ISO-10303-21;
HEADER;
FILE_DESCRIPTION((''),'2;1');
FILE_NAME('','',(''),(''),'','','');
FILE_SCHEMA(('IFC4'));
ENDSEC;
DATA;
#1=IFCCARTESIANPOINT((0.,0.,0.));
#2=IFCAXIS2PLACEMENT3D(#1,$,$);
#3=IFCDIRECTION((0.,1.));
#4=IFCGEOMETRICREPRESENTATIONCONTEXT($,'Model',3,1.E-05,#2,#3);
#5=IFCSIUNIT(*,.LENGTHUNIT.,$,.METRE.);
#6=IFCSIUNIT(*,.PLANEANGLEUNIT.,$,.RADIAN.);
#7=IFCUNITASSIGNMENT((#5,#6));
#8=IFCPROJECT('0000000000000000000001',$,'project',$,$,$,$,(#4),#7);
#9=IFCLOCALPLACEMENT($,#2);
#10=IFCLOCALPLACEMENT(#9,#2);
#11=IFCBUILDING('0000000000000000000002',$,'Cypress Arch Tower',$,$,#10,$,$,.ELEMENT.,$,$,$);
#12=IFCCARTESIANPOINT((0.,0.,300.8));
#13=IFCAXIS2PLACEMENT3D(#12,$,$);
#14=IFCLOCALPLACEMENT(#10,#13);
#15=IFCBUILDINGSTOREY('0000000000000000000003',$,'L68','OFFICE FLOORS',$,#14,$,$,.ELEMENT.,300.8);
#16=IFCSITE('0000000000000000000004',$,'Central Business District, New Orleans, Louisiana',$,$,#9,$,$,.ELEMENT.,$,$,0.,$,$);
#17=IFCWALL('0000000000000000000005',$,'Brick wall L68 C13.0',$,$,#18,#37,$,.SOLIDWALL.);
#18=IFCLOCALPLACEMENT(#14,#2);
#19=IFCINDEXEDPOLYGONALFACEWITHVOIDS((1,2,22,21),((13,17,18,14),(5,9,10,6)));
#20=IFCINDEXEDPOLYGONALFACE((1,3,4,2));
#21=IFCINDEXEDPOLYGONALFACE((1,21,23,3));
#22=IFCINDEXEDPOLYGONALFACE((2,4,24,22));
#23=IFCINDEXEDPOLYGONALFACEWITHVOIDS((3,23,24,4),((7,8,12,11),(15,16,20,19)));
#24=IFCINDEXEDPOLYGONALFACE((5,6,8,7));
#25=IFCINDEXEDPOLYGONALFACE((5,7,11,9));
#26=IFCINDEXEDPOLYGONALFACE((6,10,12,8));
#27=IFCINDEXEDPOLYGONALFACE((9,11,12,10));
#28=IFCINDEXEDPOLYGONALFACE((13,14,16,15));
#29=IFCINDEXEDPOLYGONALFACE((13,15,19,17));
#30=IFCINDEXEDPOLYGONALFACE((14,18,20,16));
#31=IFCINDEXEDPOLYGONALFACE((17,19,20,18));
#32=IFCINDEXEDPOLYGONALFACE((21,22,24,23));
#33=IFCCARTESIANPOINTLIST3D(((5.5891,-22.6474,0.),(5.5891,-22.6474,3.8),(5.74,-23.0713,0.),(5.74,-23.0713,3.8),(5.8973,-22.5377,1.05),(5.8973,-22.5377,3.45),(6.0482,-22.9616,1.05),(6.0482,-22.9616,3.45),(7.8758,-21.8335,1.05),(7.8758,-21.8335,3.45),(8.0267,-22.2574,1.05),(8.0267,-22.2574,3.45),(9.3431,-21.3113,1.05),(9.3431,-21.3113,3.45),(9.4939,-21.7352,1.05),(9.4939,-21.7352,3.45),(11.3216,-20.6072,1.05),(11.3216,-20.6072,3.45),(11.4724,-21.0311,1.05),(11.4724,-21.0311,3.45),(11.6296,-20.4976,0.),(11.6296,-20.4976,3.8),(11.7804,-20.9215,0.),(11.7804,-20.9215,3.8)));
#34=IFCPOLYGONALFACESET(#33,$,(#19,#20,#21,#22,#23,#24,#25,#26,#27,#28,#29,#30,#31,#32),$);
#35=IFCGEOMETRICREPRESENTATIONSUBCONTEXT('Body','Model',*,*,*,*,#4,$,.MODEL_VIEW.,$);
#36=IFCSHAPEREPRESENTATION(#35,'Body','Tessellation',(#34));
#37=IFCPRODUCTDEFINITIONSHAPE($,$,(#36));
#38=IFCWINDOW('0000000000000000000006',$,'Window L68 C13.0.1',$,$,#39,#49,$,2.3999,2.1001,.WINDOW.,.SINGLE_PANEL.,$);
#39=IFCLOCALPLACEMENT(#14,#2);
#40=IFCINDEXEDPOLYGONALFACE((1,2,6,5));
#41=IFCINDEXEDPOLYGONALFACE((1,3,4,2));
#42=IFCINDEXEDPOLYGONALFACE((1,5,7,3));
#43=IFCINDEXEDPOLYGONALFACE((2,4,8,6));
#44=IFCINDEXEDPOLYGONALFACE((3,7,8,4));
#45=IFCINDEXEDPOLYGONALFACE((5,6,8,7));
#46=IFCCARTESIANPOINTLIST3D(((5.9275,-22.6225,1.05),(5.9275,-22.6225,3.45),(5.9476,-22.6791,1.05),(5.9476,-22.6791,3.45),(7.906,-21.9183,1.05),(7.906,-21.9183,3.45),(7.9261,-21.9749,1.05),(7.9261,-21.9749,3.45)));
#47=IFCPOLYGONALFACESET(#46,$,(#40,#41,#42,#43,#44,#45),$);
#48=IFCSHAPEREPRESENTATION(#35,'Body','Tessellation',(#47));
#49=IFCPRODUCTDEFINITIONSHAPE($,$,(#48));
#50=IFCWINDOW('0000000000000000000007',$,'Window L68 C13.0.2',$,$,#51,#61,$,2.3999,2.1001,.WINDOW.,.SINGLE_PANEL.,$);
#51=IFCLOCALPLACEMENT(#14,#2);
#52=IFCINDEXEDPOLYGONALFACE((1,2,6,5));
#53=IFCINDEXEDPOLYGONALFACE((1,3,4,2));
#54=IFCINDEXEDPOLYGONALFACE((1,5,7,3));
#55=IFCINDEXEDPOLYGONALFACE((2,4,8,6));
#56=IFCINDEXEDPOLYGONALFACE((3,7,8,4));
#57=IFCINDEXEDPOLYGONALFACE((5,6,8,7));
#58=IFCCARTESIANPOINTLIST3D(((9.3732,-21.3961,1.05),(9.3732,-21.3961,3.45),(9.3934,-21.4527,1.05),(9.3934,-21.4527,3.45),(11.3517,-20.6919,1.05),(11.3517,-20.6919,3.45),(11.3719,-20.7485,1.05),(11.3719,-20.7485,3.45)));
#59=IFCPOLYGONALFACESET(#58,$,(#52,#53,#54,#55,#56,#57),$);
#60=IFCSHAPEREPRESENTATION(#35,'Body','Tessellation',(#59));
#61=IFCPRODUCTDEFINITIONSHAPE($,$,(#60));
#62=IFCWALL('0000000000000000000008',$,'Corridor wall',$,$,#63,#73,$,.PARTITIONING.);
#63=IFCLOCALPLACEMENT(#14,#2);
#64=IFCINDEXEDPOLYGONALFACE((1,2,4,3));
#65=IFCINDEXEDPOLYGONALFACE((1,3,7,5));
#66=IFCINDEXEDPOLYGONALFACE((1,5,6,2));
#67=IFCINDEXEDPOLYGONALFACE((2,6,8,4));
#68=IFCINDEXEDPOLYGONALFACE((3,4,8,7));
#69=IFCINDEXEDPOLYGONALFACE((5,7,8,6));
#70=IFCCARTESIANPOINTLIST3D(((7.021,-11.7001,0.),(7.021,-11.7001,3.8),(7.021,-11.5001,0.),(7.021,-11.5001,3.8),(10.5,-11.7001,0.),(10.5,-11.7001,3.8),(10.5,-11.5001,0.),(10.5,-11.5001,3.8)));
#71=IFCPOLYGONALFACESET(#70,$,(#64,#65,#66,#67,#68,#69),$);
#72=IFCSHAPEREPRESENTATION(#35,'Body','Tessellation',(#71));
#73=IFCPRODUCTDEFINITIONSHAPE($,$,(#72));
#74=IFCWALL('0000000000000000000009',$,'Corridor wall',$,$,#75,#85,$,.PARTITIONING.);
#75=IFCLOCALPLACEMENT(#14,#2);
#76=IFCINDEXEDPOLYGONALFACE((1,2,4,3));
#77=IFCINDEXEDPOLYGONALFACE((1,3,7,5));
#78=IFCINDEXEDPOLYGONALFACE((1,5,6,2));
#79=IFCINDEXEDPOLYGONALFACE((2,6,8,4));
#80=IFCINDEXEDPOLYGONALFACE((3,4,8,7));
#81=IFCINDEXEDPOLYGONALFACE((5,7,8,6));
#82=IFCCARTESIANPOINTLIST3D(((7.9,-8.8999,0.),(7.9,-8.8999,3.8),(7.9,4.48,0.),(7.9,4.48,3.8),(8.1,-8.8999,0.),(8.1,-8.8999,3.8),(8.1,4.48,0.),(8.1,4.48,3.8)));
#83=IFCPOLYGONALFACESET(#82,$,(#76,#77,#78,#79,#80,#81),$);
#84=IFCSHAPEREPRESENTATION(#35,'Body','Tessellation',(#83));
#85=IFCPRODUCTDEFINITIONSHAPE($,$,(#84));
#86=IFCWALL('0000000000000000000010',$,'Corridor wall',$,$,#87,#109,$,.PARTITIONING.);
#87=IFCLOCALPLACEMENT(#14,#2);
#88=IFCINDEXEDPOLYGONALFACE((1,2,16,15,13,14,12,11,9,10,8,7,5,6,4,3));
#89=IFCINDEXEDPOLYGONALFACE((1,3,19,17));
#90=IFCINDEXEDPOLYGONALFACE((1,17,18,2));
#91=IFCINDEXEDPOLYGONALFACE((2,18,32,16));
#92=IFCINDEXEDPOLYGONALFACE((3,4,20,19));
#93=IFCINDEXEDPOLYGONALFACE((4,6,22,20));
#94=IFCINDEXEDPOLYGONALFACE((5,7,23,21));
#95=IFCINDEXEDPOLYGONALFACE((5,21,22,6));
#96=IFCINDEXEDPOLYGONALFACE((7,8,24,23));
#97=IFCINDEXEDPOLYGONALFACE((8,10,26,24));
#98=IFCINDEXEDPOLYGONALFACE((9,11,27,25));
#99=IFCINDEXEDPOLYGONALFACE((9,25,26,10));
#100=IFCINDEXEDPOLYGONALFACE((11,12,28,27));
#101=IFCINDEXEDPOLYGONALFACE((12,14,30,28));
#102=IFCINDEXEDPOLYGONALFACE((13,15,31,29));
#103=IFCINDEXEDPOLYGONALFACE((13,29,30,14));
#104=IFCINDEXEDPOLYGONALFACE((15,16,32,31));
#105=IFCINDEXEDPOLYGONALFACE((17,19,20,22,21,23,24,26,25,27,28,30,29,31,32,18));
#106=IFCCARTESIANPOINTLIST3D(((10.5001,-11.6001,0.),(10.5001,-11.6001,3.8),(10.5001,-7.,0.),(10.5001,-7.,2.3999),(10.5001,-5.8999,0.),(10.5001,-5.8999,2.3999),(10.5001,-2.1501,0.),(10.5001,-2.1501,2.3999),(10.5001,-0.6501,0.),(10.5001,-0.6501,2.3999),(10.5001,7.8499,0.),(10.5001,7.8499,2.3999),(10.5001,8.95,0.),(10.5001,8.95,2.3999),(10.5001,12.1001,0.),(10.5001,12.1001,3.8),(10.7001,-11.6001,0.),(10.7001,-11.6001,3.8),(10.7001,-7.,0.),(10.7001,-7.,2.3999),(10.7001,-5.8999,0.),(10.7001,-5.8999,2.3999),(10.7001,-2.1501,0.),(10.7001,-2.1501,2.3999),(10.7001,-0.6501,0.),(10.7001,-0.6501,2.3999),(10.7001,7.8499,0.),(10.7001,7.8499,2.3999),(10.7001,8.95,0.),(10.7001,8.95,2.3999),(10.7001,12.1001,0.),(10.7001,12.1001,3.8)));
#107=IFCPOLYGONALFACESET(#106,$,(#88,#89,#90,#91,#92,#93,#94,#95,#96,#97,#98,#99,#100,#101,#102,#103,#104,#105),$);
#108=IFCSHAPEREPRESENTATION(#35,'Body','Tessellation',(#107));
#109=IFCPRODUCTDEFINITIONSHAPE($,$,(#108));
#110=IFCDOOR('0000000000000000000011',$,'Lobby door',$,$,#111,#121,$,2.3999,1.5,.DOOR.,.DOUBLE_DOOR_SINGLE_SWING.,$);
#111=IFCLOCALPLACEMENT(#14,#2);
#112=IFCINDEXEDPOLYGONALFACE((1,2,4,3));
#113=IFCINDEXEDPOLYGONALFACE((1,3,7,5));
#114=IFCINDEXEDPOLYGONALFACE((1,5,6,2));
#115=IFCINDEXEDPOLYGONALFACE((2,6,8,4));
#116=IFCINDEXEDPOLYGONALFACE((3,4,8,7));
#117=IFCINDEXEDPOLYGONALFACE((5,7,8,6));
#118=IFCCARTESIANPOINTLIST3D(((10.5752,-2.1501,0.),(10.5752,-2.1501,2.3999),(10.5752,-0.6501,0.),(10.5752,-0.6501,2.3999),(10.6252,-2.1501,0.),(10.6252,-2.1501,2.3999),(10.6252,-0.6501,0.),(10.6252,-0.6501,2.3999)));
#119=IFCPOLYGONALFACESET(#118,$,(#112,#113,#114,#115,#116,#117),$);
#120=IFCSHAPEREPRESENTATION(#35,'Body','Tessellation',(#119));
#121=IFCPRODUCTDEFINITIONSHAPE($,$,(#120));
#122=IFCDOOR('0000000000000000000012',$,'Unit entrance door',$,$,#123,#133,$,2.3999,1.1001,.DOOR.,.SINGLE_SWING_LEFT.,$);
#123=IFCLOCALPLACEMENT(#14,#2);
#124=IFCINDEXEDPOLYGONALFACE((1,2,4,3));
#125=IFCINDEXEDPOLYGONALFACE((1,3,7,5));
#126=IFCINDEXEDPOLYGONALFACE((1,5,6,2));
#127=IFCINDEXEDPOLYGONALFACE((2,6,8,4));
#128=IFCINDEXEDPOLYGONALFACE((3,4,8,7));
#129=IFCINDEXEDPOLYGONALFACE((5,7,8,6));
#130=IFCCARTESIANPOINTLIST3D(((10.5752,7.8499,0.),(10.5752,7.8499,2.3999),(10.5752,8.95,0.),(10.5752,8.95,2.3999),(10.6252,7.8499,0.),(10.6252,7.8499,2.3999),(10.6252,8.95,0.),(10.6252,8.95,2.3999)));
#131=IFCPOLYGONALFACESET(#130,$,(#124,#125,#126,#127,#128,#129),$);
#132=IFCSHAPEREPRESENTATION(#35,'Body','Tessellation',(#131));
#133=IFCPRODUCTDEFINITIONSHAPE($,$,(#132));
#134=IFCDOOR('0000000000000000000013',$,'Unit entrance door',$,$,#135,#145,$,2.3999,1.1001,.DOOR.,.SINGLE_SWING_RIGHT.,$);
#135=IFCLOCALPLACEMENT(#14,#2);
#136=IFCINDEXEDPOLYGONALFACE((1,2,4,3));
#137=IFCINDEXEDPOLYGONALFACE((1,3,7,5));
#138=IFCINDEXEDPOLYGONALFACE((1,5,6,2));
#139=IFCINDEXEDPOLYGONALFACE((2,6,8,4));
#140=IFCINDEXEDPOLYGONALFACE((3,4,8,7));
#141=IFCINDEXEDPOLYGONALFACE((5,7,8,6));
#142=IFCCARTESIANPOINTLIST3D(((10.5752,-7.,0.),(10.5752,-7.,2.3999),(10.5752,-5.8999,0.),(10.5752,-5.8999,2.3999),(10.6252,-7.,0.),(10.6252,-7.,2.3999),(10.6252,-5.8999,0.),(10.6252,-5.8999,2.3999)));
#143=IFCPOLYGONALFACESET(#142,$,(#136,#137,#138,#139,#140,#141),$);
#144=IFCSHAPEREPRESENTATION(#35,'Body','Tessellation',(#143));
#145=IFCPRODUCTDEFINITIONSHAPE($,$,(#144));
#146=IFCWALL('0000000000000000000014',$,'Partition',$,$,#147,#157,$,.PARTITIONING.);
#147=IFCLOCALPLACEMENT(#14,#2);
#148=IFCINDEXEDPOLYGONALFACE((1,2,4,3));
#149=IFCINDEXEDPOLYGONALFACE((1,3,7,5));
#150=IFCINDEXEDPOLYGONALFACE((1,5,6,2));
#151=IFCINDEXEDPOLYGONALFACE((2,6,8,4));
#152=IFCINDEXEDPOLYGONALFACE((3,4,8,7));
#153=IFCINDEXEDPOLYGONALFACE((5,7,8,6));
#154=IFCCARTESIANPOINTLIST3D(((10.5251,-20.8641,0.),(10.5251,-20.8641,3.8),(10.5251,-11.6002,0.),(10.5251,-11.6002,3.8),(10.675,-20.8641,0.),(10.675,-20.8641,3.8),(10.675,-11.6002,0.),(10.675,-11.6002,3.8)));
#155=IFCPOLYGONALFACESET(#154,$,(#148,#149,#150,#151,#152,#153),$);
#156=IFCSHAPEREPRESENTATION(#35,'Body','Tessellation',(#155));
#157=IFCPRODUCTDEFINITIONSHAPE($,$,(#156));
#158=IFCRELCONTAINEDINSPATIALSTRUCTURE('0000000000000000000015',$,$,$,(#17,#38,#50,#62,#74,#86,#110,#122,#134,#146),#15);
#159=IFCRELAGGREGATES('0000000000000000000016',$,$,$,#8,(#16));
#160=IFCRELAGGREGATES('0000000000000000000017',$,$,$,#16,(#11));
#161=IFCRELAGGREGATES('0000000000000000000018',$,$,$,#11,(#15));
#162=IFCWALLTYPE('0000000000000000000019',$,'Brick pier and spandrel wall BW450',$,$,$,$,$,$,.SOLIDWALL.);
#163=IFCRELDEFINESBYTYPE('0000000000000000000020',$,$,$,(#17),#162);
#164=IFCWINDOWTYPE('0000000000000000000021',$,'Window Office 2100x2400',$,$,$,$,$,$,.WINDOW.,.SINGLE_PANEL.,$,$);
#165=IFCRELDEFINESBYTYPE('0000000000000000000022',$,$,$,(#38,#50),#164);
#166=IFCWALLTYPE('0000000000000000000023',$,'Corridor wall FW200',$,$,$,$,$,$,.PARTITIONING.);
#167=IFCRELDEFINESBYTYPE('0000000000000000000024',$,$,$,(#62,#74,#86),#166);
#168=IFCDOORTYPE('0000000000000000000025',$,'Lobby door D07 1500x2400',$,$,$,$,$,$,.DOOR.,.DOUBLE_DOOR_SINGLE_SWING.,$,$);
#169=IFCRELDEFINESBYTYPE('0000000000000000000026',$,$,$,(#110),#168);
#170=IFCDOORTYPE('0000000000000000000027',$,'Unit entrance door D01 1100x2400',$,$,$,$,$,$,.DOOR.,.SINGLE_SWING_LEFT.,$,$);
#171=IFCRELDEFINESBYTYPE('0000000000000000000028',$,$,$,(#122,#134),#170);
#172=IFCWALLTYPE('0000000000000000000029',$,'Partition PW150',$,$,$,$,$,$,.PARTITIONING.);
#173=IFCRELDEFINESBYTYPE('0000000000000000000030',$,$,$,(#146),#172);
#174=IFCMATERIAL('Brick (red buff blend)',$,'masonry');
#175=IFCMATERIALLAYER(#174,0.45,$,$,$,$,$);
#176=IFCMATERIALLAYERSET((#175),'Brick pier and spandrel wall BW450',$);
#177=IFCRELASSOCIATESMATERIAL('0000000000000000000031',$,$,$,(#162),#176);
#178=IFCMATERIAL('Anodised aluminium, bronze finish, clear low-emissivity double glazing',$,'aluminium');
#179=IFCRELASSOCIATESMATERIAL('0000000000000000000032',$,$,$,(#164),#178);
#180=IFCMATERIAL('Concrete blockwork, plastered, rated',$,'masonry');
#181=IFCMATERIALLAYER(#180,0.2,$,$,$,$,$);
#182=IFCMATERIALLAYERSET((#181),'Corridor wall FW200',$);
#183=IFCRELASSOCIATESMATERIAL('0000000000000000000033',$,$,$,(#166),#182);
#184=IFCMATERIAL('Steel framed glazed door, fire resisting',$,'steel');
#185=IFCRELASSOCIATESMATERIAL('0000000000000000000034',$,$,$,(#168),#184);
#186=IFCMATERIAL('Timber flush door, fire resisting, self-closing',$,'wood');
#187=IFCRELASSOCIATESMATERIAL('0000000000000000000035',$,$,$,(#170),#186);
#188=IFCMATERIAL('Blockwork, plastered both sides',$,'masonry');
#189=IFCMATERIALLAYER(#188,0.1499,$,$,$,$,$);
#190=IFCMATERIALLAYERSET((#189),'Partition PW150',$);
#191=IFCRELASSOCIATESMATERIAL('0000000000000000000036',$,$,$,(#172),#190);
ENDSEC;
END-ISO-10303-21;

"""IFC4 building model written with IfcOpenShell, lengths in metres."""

from ifc_helpers import new_model, si_unit, direction, frame, frame_2d, origin, place, context, subcontext, project, spatial, rectangle, extrude, material, layer, layer_set, type_object, element, fill, save


model = new_model("IFC4")

# Units and contexts
model_context = context("Model", 3, precision=1e-05, world=origin(), true_north=direction((0.0, 1.0)))
body_context = subcontext(model_context, "Body", "Model", "MODEL_VIEW")
ifc_project = project(units=[si_unit("LENGTHUNIT", "METRE"), si_unit("PLANEANGLEUNIT", "RADIAN")], contexts=[model_context])

# Site, building, storey
site_placement = place(None, origin())
site = spatial("IfcSite", under=ifc_project, at=site_placement, Name="Central Business District, New Orleans, Louisiana", CompositionType="ELEMENT", RefElevation=0.0)
building_placement = place(site_placement, origin())
building = spatial("IfcBuilding", under=site, at=building_placement, Name="Cypress Arch Tower", CompositionType="ELEMENT")
storey_placement = place(building_placement, frame((0.0, 0.0, 300.8)))
storey = spatial("IfcBuildingStorey", under=building, at=storey_placement, Name="L68", Description="OFFICE FLOORS", CompositionType="ELEMENT", Elevation=300.8)

# Wall, openings, windows
ifc_material_1 = material(Name="Brick (red buff blend)", Category="masonry")
ifc_layer_1 = layer(ifc_material_1, 0.45)
ifc_layer_set_1 = layer_set([ifc_layer_1], Name="Brick pier and spandrel wall BW450")
wall_type_1 = type_object("IfcWallType", Name="Brick pier and spandrel wall BW450", PredefinedType="SOLIDWALL", material=ifc_layer_set_1)
wall_1_placement = place(storey_placement, frame((5.6646, -22.8594, 0.0), z_axis=(0.0, 0.0, 1.0), x_axis=(0.942108, 0.335309, 0.0)))
wall_1 = element("IfcWall", 1, at=wall_1_placement, inside=storey, type_object=wall_type_1, Name="Brick wall L68 C13.0", PredefinedType="SOLIDWALL", context=body_context, shape_type="SweptSolid", body=[
    extrude(rectangle(XDim=6.4116, YDim=0.45, at=frame_2d((3.2058, 0.0))), origin(), (0.0, 0.0, 1.0), 3.8),
])
opening_1_placement = place(wall_1_placement, frame((0.3271, 0.0, 1.05)))
opening_1 = element("IfcOpeningElement", 2, at=opening_1_placement, cuts=wall_1, PredefinedType="OPENING", context=body_context, shape_type="SweptSolid", body=[
    extrude(rectangle(XDim=2.1001, YDim=2.3999, at=frame_2d((1.05, 1.2))), frame((0.0, 0.2349, 0.0), z_axis=(0.0, -1.0, 0.0), x_axis=(1.0, 0.0, 0.0)), (0.0, 0.0, 1.0), 0.47),
])
opening_2_placement = place(wall_1_placement, frame((3.9846, 0.0, 1.05)))
opening_2 = element("IfcOpeningElement", 3, at=opening_2_placement, cuts=wall_1, PredefinedType="OPENING", context=body_context, shape_type="SweptSolid", body=[
    extrude(rectangle(XDim=2.1001, YDim=2.3999, at=frame_2d((1.05, 1.2))), frame((0.0, 0.2349, 0.0), z_axis=(0.0, -1.0, 0.0), x_axis=(1.0, 0.0, 0.0)), (0.0, 0.0, 1.0), 0.47),
])
ifc_material_2 = material(Name="Anodised aluminium, bronze finish, clear low-emissivity double glazing", Category="aluminium")
window_type = type_object("IfcWindowType", Name="Window Office 2100x2400", PartitioningType="SINGLE_PANEL", PredefinedType="WINDOW", material=ifc_material_2)
window_1_placement = place(opening_1_placement, origin())
window_1 = element("IfcWindow", 4, at=window_1_placement, inside=storey, type_object=window_type, Name="Window L68 C13.0.1", OverallHeight=2.3999, OverallWidth=2.1001, PartitioningType="SINGLE_PANEL", PredefinedType="WINDOW", context=body_context, shape_type="SweptSolid", body=[
    extrude(rectangle(XDim=2.1001, YDim=2.3999, at=frame_2d((1.05, 1.2))), frame((0.0, 0.135, 0.0), z_axis=(0.0, -1.0, 0.0), x_axis=(1.0, 0.0, 0.0)), (0.0, 0.0, 1.0), 0.0601),
])
fill(opening_1, window_1)
window_2_placement = place(opening_2_placement, origin())
window_2 = element("IfcWindow", 5, at=window_2_placement, inside=storey, type_object=window_type, Name="Window L68 C13.0.2", OverallHeight=2.3999, OverallWidth=2.1001, PartitioningType="SINGLE_PANEL", PredefinedType="WINDOW", context=body_context, shape_type="SweptSolid", body=[
    extrude(rectangle(XDim=2.1001, YDim=2.3999, at=frame_2d((1.05, 1.2))), frame((0.0, 0.135, 0.0), z_axis=(0.0, -1.0, 0.0), x_axis=(1.0, 0.0, 0.0)), (0.0, 0.0, 1.0), 0.0601),
])
fill(opening_2, window_2)

# Walls
ifc_material_3 = material(Name="Concrete blockwork, plastered, rated", Category="masonry")
ifc_layer_2 = layer(ifc_material_3, 0.2)
ifc_layer_set_2 = layer_set([ifc_layer_2], Name="Corridor wall FW200")
wall_type_2 = type_object("IfcWallType", Name="Corridor wall FW200", PredefinedType="PARTITIONING", material=ifc_layer_set_2)
wall_2_placement = place(storey_placement, frame((7.021, -11.6001, 0.0), z_axis=(0.0, 0.0, 1.0), x_axis=(1.0, 0.0, 0.0)))
element("IfcWall", 6, at=wall_2_placement, inside=storey, type_object=wall_type_2, Name="Corridor wall", PredefinedType="PARTITIONING", context=body_context, shape_type="SweptSolid", body=[
    extrude(rectangle(XDim=3.479, YDim=0.2, at=frame_2d((1.7395, 0.0))), origin(), (0.0, 0.0, 1.0), 3.8),
])
wall_3_placement = place(storey_placement, frame((8.0, -8.8999, 0.0), z_axis=(0.0, 0.0, 1.0), x_axis=(0.0, 1.0, 0.0)))
element("IfcWall", 7, at=wall_3_placement, inside=storey, type_object=wall_type_2, Name="Corridor wall", PredefinedType="PARTITIONING", context=body_context, shape_type="SweptSolid", body=[
    extrude(rectangle(XDim=13.3799, YDim=0.2, at=frame_2d((6.6899, 0.0))), origin(), (0.0, 0.0, 1.0), 3.8),
])

# Wall, openings, doors
wall_4_placement = place(storey_placement, frame((10.6001, -11.6001, 0.0), z_axis=(0.0, 0.0, 1.0), x_axis=(0.0, 1.0, 0.0)))
wall_4 = element("IfcWall", 8, at=wall_4_placement, inside=storey, type_object=wall_type_2, Name="Corridor wall", PredefinedType="PARTITIONING", context=body_context, shape_type="SweptSolid", body=[
    extrude(rectangle(XDim=23.7002, YDim=0.2, at=frame_2d((11.8501, 0.0))), origin(), (0.0, 0.0, 1.0), 3.8),
])
opening_3_placement = place(wall_4_placement, frame((9.45, 0.0, 0.0)))
opening_3 = element("IfcOpeningElement", 9, at=opening_3_placement, cuts=wall_4, PredefinedType="OPENING", context=body_context, shape_type="SweptSolid", body=[
    extrude(rectangle(XDim=1.5, YDim=2.3999, at=frame_2d((0.75, 1.2))), frame((0.0, 0.1099, 0.0), z_axis=(0.0, -1.0, 0.0), x_axis=(1.0, 0.0, 0.0)), (0.0, 0.0, 1.0), 0.22),
])
opening_4_placement = place(wall_4_placement, frame((19.45, 0.0, 0.0)))
opening_4 = element("IfcOpeningElement", 10, at=opening_4_placement, cuts=wall_4, PredefinedType="OPENING", context=body_context, shape_type="SweptSolid", body=[
    extrude(rectangle(XDim=1.1001, YDim=2.3999, at=frame_2d((0.55, 1.2))), frame((0.0, 0.1099, 0.0), z_axis=(0.0, -1.0, 0.0), x_axis=(1.0, 0.0, 0.0)), (0.0, 0.0, 1.0), 0.22),
])
opening_5_placement = place(wall_4_placement, frame((4.6001, 0.0, 0.0)))
opening_5 = element("IfcOpeningElement", 11, at=opening_5_placement, cuts=wall_4, PredefinedType="OPENING", context=body_context, shape_type="SweptSolid", body=[
    extrude(rectangle(XDim=1.1001, YDim=2.3999, at=frame_2d((0.55, 1.2))), frame((0.0, 0.1099, 0.0), z_axis=(0.0, -1.0, 0.0), x_axis=(1.0, 0.0, 0.0)), (0.0, 0.0, 1.0), 0.22),
])
ifc_material_4 = material(Name="Steel framed glazed door, fire resisting", Category="steel")
door_type_1 = type_object("IfcDoorType", Name="Lobby door D07 1500x2400", OperationType="DOUBLE_DOOR_SINGLE_SWING", PredefinedType="DOOR", material=ifc_material_4)
door_1_placement = place(opening_3_placement, origin())
door_1 = element("IfcDoor", 12, at=door_1_placement, inside=storey, type_object=door_type_1, Name="Lobby door", OperationType="DOUBLE_DOOR_SINGLE_SWING", OverallHeight=2.3999, OverallWidth=1.5, PredefinedType="DOOR", context=body_context, shape_type="SweptSolid", body=[
    extrude(rectangle(XDim=1.5, YDim=2.3999, at=frame_2d((0.75, 1.2))), frame((0.0, 0.0249, 0.0), z_axis=(0.0, -1.0, 0.0), x_axis=(1.0, 0.0, 0.0)), (0.0, 0.0, 1.0), 0.05),
])
fill(opening_3, door_1)
ifc_material_5 = material(Name="Timber flush door, fire resisting, self-closing", Category="wood")
door_type_2 = type_object("IfcDoorType", Name="Unit entrance door D01 1100x2400", OperationType="SINGLE_SWING_LEFT", PredefinedType="DOOR", material=ifc_material_5)
door_2_placement = place(opening_4_placement, origin())
door_2 = element("IfcDoor", 13, at=door_2_placement, inside=storey, type_object=door_type_2, Name="Unit entrance door", OperationType="SINGLE_SWING_LEFT", OverallHeight=2.3999, OverallWidth=1.1001, PredefinedType="DOOR", context=body_context, shape_type="SweptSolid", body=[
    extrude(rectangle(XDim=1.1001, YDim=2.3999, at=frame_2d((0.55, 1.2))), frame((0.0, 0.0249, 0.0), z_axis=(0.0, -1.0, 0.0), x_axis=(1.0, 0.0, 0.0)), (0.0, 0.0, 1.0), 0.05),
])
fill(opening_4, door_2)
door_3_placement = place(opening_5_placement, origin())
door_3 = element("IfcDoor", 14, at=door_3_placement, inside=storey, type_object=door_type_2, Name="Unit entrance door", OperationType="SINGLE_SWING_RIGHT", OverallHeight=2.3999, OverallWidth=1.1001, PredefinedType="DOOR", context=body_context, shape_type="SweptSolid", body=[
    extrude(rectangle(XDim=1.1001, YDim=2.3999, at=frame_2d((0.55, 1.2))), frame((0.0, 0.0249, 0.0), z_axis=(0.0, -1.0, 0.0), x_axis=(1.0, 0.0, 0.0)), (0.0, 0.0, 1.0), 0.05),
])
fill(opening_5, door_3)

# Wall
ifc_material_6 = material(Name="Blockwork, plastered both sides", Category="masonry")
ifc_layer_3 = layer(ifc_material_6, 0.1499)
ifc_layer_set_3 = layer_set([ifc_layer_3], Name="Partition PW150")
wall_type_3 = type_object("IfcWallType", Name="Partition PW150", PredefinedType="PARTITIONING", material=ifc_layer_set_3)
wall_5_placement = place(storey_placement, frame((10.6001, -20.864, 0.0), z_axis=(0.0, 0.0, 1.0), x_axis=(0.0, 1.0, 0.0)))
element("IfcWall", 15, at=wall_5_placement, inside=storey, type_object=wall_type_3, Name="Partition", PredefinedType="PARTITIONING", context=body_context, shape_type="SweptSolid", body=[
    extrude(rectangle(XDim=9.2639, YDim=0.1499, at=frame_2d((4.6318, 0.0))), origin(), (0.0, 0.0, 1.0), 3.8),
])

save(model, "model.ifc")
